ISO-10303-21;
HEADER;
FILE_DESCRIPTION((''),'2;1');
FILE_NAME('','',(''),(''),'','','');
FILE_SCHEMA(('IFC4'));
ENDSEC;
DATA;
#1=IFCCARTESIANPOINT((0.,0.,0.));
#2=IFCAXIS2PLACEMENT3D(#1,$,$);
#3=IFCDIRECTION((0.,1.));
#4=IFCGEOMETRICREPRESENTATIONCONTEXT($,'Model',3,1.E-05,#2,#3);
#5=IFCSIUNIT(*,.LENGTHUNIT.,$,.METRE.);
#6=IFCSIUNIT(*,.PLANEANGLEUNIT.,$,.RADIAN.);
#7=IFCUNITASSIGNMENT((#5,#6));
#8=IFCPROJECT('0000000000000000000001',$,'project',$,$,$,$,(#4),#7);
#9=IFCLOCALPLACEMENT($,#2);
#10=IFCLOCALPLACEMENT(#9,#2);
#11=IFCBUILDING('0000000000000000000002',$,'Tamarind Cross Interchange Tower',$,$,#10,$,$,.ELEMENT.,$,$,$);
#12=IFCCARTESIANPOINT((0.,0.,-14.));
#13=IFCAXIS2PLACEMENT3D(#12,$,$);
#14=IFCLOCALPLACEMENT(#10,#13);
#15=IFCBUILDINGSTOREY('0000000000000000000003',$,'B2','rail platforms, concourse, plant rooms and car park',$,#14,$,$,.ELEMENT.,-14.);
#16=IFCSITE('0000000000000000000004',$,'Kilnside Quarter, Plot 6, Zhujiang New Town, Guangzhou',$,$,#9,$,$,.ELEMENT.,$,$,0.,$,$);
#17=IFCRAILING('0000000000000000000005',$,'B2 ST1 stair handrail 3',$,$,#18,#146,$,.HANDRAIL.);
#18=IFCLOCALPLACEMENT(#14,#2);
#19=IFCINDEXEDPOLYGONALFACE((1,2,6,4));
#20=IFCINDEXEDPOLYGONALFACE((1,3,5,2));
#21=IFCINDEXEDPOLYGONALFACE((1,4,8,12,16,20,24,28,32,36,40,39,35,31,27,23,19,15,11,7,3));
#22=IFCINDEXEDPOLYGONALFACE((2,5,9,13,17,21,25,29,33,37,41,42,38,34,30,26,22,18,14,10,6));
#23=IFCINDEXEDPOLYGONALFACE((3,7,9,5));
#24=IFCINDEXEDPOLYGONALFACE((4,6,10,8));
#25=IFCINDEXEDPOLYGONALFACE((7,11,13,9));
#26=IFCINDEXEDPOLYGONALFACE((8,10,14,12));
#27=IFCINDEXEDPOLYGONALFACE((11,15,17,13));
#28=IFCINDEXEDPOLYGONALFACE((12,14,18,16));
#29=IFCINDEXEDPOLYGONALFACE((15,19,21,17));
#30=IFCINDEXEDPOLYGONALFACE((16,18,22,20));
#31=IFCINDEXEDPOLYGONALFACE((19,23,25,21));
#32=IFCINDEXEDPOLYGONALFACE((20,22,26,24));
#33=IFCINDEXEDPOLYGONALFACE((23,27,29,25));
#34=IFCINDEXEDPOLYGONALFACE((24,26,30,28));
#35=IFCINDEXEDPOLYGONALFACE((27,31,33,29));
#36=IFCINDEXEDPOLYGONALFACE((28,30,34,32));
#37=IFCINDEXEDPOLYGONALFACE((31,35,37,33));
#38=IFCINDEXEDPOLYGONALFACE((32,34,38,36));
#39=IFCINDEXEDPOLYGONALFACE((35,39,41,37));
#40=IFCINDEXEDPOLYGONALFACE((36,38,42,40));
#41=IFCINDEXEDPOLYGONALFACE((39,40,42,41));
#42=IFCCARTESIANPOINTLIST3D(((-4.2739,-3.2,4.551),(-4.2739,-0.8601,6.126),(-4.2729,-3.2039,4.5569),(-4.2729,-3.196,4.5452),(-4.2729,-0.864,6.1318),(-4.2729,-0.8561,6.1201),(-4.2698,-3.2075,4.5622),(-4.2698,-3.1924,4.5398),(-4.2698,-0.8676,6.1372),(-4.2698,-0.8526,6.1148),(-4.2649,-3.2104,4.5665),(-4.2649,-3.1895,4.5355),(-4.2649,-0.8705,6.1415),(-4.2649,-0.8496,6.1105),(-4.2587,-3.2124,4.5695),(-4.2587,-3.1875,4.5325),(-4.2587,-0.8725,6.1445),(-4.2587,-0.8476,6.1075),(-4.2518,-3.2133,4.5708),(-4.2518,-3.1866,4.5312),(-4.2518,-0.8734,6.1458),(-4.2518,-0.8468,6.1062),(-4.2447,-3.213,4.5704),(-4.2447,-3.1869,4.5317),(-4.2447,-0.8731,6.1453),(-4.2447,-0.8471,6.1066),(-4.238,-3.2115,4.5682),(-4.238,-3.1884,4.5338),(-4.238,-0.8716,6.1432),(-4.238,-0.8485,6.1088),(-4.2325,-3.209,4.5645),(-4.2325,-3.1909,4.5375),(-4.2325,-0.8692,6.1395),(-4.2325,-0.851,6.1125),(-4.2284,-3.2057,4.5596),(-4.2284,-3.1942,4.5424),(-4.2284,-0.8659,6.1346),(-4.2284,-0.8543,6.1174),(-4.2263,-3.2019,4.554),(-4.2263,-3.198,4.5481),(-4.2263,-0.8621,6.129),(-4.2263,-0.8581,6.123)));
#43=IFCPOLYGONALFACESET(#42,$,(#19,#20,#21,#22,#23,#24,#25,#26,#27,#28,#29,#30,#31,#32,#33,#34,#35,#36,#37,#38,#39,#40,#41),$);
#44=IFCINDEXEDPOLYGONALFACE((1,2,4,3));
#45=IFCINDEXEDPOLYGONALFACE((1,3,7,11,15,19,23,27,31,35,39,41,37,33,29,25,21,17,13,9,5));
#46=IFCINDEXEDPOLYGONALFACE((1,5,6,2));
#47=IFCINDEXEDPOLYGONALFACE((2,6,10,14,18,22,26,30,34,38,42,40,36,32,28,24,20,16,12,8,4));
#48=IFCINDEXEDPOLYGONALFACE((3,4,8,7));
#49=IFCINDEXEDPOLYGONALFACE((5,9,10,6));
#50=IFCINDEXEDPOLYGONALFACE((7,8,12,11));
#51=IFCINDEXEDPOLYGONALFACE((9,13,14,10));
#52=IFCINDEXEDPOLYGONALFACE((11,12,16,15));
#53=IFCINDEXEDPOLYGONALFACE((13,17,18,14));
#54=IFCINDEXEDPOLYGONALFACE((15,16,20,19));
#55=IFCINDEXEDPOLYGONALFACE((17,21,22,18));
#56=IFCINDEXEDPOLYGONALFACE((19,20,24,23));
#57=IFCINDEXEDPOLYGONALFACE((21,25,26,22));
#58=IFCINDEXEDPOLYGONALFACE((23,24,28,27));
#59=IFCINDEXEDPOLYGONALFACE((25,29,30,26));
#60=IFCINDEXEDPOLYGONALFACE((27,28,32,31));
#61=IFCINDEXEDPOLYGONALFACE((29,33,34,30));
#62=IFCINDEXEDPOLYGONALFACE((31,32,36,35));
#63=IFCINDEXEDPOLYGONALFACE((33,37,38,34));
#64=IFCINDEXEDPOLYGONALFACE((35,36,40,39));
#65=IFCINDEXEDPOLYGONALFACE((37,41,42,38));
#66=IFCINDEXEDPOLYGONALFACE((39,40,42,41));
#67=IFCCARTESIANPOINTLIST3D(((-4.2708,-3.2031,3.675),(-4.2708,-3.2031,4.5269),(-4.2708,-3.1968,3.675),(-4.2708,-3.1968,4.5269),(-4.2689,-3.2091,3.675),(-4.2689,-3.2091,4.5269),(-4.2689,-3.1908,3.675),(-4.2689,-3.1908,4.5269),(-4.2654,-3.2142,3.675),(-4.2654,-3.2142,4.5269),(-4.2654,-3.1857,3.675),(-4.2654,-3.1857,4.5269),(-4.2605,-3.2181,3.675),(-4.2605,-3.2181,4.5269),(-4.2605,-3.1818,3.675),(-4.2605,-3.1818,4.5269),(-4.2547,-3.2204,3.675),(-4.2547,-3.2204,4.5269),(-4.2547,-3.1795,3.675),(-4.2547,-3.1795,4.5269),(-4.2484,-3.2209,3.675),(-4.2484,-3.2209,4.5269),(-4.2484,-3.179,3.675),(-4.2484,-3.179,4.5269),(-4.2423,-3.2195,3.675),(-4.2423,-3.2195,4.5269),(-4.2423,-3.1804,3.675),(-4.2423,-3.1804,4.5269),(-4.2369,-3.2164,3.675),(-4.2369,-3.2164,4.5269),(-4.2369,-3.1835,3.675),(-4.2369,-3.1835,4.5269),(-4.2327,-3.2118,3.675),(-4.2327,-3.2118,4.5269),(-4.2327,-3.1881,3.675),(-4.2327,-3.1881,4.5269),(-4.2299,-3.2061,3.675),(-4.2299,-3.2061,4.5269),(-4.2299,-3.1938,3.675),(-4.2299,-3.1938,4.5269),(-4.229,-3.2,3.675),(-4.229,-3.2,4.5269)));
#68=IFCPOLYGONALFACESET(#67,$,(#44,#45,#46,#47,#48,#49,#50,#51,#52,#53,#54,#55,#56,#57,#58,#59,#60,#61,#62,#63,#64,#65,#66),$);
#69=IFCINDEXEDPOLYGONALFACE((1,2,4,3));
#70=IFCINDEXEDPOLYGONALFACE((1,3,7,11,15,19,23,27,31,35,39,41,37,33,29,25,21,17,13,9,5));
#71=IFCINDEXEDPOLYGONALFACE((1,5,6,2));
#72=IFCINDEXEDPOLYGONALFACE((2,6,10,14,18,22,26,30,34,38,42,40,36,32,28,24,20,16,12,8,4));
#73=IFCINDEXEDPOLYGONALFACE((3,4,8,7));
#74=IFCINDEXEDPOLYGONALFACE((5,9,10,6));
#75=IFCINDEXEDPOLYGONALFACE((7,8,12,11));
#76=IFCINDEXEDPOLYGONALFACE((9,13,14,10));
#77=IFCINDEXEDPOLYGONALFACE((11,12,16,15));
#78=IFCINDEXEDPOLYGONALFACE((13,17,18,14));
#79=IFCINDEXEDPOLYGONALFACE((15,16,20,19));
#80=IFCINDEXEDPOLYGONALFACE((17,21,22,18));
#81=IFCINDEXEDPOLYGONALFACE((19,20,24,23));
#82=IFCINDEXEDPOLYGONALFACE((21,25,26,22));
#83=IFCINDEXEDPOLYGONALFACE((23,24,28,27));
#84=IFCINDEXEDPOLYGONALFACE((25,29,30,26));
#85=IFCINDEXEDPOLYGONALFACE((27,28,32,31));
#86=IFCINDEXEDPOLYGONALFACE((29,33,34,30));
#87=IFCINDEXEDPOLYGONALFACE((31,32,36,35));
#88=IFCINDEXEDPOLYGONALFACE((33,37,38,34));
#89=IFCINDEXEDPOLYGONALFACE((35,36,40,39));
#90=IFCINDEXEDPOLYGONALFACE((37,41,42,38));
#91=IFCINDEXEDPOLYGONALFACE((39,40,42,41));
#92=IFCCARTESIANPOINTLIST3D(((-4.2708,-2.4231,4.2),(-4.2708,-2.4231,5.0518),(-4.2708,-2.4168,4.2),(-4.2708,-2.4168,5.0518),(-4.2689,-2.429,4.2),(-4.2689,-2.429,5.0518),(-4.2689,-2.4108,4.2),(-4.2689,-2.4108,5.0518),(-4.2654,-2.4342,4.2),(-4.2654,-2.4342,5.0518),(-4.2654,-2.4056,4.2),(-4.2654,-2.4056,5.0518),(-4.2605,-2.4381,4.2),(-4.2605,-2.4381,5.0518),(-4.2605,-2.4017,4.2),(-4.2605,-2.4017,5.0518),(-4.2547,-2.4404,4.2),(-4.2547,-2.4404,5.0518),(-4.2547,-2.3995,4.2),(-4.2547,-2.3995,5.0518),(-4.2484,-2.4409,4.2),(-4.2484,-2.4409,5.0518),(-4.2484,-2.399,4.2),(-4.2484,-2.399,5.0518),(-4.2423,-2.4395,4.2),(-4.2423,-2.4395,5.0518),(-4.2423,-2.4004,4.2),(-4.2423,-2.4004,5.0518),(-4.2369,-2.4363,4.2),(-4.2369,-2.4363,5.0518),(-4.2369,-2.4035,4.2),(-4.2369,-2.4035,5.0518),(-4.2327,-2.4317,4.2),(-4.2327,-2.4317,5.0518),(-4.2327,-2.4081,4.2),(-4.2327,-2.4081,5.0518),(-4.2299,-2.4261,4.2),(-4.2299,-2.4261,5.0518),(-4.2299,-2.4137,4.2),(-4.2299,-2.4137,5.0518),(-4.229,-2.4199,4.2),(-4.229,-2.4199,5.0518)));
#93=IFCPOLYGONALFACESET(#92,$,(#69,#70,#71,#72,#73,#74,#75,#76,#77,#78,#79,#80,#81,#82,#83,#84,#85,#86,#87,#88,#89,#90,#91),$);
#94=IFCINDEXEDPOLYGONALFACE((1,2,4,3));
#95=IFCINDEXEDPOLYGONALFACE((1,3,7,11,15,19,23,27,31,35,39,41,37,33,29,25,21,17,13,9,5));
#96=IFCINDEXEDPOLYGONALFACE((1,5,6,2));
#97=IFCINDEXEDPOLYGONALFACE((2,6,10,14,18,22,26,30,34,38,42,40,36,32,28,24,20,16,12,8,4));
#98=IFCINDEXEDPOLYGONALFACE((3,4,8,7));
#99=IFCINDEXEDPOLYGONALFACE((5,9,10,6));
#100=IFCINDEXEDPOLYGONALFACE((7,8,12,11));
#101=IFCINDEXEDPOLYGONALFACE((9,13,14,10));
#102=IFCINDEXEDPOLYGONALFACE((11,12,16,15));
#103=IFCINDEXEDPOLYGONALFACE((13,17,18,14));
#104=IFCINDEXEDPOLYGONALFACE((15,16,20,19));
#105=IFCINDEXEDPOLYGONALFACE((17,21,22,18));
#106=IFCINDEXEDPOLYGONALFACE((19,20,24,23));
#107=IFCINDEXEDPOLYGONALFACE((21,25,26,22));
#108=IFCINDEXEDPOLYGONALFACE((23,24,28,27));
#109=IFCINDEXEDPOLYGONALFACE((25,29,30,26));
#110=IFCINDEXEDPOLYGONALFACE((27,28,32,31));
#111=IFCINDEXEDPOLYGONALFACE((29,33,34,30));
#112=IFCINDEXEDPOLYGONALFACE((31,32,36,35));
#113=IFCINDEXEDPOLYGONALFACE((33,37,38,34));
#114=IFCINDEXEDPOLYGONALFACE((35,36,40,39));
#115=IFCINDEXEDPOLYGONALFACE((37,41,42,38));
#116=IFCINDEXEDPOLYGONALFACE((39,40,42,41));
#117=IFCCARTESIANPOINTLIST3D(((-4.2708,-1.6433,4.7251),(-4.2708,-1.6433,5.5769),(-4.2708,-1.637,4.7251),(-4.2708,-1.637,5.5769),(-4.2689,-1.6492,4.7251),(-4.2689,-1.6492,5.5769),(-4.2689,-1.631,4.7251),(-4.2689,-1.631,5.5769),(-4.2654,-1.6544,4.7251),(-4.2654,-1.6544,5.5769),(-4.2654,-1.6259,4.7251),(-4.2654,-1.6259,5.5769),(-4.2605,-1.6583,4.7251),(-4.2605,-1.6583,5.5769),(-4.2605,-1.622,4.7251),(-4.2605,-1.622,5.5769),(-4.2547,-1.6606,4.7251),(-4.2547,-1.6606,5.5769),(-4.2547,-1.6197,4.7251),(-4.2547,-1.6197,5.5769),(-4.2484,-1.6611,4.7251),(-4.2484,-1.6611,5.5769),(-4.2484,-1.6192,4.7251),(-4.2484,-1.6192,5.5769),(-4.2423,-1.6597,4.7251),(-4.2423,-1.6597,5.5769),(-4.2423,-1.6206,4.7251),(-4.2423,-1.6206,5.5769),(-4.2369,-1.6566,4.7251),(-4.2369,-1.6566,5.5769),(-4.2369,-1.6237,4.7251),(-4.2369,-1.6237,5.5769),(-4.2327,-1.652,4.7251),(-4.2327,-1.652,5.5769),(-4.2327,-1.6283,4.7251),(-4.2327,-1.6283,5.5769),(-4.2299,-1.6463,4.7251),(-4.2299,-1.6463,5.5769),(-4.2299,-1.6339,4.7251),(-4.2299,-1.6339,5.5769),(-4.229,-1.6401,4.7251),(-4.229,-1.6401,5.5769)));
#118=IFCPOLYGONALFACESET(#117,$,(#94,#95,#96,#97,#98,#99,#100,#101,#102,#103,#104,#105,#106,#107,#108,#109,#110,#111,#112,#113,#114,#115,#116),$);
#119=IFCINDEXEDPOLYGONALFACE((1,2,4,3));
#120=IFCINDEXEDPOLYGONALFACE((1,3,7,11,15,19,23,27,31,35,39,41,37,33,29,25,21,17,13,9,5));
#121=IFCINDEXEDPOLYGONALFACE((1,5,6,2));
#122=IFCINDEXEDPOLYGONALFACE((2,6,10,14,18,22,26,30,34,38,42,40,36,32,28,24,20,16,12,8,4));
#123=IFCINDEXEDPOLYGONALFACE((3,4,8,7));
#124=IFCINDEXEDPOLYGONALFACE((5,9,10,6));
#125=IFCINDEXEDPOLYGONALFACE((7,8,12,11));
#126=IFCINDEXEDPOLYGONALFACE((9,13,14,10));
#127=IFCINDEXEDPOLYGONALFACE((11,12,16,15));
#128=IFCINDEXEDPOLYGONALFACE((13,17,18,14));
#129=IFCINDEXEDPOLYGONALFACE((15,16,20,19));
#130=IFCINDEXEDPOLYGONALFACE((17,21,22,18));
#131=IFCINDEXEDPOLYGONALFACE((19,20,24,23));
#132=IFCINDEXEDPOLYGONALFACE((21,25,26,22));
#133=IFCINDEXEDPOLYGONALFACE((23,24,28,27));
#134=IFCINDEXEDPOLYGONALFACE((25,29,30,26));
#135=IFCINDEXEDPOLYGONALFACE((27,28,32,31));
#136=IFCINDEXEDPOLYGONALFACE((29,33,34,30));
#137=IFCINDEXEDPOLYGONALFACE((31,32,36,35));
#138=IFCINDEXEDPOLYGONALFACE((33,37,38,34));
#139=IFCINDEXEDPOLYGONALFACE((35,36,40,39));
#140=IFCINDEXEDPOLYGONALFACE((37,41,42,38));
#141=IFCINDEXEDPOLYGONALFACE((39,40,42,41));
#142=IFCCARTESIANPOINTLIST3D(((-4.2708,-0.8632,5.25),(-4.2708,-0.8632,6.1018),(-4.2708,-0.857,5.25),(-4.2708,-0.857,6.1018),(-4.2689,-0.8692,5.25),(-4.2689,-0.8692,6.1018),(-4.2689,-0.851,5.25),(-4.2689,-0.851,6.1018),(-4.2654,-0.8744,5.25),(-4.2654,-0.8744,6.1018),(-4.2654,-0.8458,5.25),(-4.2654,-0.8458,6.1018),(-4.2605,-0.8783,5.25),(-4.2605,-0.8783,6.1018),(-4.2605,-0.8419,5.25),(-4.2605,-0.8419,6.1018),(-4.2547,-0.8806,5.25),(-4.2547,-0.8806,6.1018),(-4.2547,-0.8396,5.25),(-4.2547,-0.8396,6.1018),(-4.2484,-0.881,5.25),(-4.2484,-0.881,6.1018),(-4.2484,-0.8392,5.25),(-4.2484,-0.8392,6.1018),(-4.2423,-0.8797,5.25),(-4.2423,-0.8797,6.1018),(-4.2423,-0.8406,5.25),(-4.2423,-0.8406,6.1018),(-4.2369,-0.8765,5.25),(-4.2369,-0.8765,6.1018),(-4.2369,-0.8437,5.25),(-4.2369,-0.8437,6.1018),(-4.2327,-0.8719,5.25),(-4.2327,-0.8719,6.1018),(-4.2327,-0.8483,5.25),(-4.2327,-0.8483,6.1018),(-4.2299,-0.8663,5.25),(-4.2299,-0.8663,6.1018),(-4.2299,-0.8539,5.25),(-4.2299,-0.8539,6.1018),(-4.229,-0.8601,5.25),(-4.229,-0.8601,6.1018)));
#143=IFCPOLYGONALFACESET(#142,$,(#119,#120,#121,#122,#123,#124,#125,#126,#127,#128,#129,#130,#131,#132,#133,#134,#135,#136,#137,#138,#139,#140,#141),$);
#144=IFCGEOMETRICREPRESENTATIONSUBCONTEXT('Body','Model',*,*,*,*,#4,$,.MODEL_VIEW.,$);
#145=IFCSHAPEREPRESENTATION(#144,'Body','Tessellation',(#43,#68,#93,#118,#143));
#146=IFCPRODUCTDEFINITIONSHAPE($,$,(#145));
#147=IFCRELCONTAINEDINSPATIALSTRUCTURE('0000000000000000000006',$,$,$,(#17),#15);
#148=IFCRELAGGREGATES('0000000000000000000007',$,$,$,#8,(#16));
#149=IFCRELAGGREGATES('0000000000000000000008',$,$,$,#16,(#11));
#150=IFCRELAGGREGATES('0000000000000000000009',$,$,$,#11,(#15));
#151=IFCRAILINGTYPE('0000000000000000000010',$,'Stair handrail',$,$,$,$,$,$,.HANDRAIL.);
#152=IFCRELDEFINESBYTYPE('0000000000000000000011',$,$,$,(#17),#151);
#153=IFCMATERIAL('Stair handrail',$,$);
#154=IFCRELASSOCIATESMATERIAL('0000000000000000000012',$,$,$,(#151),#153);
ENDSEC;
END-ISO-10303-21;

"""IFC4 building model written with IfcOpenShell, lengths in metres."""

from ifc_helpers import new_model, si_unit, direction, frame, origin, origin_2d, place, context, subcontext, project, spatial, circle, extrude, material, type_object, element, save


model = new_model("IFC4")

# Units and contexts
model_context = context("Model", 3, precision=1e-05, world=origin(), true_north=direction((0.0, 1.0)))
body_context = subcontext(model_context, "Body", "Model", "MODEL_VIEW")
ifc_project = project(units=[si_unit("LENGTHUNIT", "METRE"), si_unit("PLANEANGLEUNIT", "RADIAN")], contexts=[model_context])

# Site, building, storey
site_placement = place(None, origin())
site = spatial("IfcSite", under=ifc_project, at=site_placement, Name="Kilnside Quarter, Plot 6, Zhujiang New Town, Guangzhou", CompositionType="ELEMENT", RefElevation=0.0)
building_placement = place(site_placement, origin())
building = spatial("IfcBuilding", under=site, at=building_placement, Name="Tamarind Cross Interchange Tower", CompositionType="ELEMENT")
storey_placement = place(building_placement, frame((0.0, 0.0, -14.0)))
storey = spatial("IfcBuildingStorey", under=building, at=storey_placement, Name="B2", Description="rail platforms, concourse, plant rooms and car park", CompositionType="ELEMENT", Elevation=-14.0)

# Railing
ifc_material_1 = material(Name="Stair handrail")
railing_type_1 = type_object("IfcRailingType", Name="Stair handrail", PredefinedType="HANDRAIL", material=ifc_material_1)
railing_1_placement = place(storey_placement, frame((-4.25, -3.2, 3.675)))
element("IfcRailing", 1, at=railing_1_placement, inside=storey, type_object=railing_type_1, Name="B2 ST1 stair handrail 3", PredefinedType="HANDRAIL", context=body_context, shape_type="SweptSolid", body=[
    extrude(circle(Radius=0.0239, at=origin_2d()), frame((0.0, 0.0, 0.876), z_axis=(0.0, 0.829578, 0.55839), x_axis=(-1.0, 0.0, 0.0)), (0.0, 0.0, 1.0), 2.8206),
    extrude(circle(Radius=0.021, at=origin_2d()), origin(), (0.0, 0.0, 1.0), 0.8518),
    extrude(circle(Radius=0.021, at=origin_2d()), frame((0.0, 0.78, 0.5249)), (0.0, 0.0, 1.0), 0.8518),
    extrude(circle(Radius=0.021, at=origin_2d()), frame((0.0, 1.5598, 1.05)), (0.0, 0.0, 1.0), 0.8518),
    extrude(circle(Radius=0.021, at=origin_2d()), frame((0.0, 2.3398, 1.575)), (0.0, 0.0, 1.0), 0.8518),
])

save(model, "model.ifc")
